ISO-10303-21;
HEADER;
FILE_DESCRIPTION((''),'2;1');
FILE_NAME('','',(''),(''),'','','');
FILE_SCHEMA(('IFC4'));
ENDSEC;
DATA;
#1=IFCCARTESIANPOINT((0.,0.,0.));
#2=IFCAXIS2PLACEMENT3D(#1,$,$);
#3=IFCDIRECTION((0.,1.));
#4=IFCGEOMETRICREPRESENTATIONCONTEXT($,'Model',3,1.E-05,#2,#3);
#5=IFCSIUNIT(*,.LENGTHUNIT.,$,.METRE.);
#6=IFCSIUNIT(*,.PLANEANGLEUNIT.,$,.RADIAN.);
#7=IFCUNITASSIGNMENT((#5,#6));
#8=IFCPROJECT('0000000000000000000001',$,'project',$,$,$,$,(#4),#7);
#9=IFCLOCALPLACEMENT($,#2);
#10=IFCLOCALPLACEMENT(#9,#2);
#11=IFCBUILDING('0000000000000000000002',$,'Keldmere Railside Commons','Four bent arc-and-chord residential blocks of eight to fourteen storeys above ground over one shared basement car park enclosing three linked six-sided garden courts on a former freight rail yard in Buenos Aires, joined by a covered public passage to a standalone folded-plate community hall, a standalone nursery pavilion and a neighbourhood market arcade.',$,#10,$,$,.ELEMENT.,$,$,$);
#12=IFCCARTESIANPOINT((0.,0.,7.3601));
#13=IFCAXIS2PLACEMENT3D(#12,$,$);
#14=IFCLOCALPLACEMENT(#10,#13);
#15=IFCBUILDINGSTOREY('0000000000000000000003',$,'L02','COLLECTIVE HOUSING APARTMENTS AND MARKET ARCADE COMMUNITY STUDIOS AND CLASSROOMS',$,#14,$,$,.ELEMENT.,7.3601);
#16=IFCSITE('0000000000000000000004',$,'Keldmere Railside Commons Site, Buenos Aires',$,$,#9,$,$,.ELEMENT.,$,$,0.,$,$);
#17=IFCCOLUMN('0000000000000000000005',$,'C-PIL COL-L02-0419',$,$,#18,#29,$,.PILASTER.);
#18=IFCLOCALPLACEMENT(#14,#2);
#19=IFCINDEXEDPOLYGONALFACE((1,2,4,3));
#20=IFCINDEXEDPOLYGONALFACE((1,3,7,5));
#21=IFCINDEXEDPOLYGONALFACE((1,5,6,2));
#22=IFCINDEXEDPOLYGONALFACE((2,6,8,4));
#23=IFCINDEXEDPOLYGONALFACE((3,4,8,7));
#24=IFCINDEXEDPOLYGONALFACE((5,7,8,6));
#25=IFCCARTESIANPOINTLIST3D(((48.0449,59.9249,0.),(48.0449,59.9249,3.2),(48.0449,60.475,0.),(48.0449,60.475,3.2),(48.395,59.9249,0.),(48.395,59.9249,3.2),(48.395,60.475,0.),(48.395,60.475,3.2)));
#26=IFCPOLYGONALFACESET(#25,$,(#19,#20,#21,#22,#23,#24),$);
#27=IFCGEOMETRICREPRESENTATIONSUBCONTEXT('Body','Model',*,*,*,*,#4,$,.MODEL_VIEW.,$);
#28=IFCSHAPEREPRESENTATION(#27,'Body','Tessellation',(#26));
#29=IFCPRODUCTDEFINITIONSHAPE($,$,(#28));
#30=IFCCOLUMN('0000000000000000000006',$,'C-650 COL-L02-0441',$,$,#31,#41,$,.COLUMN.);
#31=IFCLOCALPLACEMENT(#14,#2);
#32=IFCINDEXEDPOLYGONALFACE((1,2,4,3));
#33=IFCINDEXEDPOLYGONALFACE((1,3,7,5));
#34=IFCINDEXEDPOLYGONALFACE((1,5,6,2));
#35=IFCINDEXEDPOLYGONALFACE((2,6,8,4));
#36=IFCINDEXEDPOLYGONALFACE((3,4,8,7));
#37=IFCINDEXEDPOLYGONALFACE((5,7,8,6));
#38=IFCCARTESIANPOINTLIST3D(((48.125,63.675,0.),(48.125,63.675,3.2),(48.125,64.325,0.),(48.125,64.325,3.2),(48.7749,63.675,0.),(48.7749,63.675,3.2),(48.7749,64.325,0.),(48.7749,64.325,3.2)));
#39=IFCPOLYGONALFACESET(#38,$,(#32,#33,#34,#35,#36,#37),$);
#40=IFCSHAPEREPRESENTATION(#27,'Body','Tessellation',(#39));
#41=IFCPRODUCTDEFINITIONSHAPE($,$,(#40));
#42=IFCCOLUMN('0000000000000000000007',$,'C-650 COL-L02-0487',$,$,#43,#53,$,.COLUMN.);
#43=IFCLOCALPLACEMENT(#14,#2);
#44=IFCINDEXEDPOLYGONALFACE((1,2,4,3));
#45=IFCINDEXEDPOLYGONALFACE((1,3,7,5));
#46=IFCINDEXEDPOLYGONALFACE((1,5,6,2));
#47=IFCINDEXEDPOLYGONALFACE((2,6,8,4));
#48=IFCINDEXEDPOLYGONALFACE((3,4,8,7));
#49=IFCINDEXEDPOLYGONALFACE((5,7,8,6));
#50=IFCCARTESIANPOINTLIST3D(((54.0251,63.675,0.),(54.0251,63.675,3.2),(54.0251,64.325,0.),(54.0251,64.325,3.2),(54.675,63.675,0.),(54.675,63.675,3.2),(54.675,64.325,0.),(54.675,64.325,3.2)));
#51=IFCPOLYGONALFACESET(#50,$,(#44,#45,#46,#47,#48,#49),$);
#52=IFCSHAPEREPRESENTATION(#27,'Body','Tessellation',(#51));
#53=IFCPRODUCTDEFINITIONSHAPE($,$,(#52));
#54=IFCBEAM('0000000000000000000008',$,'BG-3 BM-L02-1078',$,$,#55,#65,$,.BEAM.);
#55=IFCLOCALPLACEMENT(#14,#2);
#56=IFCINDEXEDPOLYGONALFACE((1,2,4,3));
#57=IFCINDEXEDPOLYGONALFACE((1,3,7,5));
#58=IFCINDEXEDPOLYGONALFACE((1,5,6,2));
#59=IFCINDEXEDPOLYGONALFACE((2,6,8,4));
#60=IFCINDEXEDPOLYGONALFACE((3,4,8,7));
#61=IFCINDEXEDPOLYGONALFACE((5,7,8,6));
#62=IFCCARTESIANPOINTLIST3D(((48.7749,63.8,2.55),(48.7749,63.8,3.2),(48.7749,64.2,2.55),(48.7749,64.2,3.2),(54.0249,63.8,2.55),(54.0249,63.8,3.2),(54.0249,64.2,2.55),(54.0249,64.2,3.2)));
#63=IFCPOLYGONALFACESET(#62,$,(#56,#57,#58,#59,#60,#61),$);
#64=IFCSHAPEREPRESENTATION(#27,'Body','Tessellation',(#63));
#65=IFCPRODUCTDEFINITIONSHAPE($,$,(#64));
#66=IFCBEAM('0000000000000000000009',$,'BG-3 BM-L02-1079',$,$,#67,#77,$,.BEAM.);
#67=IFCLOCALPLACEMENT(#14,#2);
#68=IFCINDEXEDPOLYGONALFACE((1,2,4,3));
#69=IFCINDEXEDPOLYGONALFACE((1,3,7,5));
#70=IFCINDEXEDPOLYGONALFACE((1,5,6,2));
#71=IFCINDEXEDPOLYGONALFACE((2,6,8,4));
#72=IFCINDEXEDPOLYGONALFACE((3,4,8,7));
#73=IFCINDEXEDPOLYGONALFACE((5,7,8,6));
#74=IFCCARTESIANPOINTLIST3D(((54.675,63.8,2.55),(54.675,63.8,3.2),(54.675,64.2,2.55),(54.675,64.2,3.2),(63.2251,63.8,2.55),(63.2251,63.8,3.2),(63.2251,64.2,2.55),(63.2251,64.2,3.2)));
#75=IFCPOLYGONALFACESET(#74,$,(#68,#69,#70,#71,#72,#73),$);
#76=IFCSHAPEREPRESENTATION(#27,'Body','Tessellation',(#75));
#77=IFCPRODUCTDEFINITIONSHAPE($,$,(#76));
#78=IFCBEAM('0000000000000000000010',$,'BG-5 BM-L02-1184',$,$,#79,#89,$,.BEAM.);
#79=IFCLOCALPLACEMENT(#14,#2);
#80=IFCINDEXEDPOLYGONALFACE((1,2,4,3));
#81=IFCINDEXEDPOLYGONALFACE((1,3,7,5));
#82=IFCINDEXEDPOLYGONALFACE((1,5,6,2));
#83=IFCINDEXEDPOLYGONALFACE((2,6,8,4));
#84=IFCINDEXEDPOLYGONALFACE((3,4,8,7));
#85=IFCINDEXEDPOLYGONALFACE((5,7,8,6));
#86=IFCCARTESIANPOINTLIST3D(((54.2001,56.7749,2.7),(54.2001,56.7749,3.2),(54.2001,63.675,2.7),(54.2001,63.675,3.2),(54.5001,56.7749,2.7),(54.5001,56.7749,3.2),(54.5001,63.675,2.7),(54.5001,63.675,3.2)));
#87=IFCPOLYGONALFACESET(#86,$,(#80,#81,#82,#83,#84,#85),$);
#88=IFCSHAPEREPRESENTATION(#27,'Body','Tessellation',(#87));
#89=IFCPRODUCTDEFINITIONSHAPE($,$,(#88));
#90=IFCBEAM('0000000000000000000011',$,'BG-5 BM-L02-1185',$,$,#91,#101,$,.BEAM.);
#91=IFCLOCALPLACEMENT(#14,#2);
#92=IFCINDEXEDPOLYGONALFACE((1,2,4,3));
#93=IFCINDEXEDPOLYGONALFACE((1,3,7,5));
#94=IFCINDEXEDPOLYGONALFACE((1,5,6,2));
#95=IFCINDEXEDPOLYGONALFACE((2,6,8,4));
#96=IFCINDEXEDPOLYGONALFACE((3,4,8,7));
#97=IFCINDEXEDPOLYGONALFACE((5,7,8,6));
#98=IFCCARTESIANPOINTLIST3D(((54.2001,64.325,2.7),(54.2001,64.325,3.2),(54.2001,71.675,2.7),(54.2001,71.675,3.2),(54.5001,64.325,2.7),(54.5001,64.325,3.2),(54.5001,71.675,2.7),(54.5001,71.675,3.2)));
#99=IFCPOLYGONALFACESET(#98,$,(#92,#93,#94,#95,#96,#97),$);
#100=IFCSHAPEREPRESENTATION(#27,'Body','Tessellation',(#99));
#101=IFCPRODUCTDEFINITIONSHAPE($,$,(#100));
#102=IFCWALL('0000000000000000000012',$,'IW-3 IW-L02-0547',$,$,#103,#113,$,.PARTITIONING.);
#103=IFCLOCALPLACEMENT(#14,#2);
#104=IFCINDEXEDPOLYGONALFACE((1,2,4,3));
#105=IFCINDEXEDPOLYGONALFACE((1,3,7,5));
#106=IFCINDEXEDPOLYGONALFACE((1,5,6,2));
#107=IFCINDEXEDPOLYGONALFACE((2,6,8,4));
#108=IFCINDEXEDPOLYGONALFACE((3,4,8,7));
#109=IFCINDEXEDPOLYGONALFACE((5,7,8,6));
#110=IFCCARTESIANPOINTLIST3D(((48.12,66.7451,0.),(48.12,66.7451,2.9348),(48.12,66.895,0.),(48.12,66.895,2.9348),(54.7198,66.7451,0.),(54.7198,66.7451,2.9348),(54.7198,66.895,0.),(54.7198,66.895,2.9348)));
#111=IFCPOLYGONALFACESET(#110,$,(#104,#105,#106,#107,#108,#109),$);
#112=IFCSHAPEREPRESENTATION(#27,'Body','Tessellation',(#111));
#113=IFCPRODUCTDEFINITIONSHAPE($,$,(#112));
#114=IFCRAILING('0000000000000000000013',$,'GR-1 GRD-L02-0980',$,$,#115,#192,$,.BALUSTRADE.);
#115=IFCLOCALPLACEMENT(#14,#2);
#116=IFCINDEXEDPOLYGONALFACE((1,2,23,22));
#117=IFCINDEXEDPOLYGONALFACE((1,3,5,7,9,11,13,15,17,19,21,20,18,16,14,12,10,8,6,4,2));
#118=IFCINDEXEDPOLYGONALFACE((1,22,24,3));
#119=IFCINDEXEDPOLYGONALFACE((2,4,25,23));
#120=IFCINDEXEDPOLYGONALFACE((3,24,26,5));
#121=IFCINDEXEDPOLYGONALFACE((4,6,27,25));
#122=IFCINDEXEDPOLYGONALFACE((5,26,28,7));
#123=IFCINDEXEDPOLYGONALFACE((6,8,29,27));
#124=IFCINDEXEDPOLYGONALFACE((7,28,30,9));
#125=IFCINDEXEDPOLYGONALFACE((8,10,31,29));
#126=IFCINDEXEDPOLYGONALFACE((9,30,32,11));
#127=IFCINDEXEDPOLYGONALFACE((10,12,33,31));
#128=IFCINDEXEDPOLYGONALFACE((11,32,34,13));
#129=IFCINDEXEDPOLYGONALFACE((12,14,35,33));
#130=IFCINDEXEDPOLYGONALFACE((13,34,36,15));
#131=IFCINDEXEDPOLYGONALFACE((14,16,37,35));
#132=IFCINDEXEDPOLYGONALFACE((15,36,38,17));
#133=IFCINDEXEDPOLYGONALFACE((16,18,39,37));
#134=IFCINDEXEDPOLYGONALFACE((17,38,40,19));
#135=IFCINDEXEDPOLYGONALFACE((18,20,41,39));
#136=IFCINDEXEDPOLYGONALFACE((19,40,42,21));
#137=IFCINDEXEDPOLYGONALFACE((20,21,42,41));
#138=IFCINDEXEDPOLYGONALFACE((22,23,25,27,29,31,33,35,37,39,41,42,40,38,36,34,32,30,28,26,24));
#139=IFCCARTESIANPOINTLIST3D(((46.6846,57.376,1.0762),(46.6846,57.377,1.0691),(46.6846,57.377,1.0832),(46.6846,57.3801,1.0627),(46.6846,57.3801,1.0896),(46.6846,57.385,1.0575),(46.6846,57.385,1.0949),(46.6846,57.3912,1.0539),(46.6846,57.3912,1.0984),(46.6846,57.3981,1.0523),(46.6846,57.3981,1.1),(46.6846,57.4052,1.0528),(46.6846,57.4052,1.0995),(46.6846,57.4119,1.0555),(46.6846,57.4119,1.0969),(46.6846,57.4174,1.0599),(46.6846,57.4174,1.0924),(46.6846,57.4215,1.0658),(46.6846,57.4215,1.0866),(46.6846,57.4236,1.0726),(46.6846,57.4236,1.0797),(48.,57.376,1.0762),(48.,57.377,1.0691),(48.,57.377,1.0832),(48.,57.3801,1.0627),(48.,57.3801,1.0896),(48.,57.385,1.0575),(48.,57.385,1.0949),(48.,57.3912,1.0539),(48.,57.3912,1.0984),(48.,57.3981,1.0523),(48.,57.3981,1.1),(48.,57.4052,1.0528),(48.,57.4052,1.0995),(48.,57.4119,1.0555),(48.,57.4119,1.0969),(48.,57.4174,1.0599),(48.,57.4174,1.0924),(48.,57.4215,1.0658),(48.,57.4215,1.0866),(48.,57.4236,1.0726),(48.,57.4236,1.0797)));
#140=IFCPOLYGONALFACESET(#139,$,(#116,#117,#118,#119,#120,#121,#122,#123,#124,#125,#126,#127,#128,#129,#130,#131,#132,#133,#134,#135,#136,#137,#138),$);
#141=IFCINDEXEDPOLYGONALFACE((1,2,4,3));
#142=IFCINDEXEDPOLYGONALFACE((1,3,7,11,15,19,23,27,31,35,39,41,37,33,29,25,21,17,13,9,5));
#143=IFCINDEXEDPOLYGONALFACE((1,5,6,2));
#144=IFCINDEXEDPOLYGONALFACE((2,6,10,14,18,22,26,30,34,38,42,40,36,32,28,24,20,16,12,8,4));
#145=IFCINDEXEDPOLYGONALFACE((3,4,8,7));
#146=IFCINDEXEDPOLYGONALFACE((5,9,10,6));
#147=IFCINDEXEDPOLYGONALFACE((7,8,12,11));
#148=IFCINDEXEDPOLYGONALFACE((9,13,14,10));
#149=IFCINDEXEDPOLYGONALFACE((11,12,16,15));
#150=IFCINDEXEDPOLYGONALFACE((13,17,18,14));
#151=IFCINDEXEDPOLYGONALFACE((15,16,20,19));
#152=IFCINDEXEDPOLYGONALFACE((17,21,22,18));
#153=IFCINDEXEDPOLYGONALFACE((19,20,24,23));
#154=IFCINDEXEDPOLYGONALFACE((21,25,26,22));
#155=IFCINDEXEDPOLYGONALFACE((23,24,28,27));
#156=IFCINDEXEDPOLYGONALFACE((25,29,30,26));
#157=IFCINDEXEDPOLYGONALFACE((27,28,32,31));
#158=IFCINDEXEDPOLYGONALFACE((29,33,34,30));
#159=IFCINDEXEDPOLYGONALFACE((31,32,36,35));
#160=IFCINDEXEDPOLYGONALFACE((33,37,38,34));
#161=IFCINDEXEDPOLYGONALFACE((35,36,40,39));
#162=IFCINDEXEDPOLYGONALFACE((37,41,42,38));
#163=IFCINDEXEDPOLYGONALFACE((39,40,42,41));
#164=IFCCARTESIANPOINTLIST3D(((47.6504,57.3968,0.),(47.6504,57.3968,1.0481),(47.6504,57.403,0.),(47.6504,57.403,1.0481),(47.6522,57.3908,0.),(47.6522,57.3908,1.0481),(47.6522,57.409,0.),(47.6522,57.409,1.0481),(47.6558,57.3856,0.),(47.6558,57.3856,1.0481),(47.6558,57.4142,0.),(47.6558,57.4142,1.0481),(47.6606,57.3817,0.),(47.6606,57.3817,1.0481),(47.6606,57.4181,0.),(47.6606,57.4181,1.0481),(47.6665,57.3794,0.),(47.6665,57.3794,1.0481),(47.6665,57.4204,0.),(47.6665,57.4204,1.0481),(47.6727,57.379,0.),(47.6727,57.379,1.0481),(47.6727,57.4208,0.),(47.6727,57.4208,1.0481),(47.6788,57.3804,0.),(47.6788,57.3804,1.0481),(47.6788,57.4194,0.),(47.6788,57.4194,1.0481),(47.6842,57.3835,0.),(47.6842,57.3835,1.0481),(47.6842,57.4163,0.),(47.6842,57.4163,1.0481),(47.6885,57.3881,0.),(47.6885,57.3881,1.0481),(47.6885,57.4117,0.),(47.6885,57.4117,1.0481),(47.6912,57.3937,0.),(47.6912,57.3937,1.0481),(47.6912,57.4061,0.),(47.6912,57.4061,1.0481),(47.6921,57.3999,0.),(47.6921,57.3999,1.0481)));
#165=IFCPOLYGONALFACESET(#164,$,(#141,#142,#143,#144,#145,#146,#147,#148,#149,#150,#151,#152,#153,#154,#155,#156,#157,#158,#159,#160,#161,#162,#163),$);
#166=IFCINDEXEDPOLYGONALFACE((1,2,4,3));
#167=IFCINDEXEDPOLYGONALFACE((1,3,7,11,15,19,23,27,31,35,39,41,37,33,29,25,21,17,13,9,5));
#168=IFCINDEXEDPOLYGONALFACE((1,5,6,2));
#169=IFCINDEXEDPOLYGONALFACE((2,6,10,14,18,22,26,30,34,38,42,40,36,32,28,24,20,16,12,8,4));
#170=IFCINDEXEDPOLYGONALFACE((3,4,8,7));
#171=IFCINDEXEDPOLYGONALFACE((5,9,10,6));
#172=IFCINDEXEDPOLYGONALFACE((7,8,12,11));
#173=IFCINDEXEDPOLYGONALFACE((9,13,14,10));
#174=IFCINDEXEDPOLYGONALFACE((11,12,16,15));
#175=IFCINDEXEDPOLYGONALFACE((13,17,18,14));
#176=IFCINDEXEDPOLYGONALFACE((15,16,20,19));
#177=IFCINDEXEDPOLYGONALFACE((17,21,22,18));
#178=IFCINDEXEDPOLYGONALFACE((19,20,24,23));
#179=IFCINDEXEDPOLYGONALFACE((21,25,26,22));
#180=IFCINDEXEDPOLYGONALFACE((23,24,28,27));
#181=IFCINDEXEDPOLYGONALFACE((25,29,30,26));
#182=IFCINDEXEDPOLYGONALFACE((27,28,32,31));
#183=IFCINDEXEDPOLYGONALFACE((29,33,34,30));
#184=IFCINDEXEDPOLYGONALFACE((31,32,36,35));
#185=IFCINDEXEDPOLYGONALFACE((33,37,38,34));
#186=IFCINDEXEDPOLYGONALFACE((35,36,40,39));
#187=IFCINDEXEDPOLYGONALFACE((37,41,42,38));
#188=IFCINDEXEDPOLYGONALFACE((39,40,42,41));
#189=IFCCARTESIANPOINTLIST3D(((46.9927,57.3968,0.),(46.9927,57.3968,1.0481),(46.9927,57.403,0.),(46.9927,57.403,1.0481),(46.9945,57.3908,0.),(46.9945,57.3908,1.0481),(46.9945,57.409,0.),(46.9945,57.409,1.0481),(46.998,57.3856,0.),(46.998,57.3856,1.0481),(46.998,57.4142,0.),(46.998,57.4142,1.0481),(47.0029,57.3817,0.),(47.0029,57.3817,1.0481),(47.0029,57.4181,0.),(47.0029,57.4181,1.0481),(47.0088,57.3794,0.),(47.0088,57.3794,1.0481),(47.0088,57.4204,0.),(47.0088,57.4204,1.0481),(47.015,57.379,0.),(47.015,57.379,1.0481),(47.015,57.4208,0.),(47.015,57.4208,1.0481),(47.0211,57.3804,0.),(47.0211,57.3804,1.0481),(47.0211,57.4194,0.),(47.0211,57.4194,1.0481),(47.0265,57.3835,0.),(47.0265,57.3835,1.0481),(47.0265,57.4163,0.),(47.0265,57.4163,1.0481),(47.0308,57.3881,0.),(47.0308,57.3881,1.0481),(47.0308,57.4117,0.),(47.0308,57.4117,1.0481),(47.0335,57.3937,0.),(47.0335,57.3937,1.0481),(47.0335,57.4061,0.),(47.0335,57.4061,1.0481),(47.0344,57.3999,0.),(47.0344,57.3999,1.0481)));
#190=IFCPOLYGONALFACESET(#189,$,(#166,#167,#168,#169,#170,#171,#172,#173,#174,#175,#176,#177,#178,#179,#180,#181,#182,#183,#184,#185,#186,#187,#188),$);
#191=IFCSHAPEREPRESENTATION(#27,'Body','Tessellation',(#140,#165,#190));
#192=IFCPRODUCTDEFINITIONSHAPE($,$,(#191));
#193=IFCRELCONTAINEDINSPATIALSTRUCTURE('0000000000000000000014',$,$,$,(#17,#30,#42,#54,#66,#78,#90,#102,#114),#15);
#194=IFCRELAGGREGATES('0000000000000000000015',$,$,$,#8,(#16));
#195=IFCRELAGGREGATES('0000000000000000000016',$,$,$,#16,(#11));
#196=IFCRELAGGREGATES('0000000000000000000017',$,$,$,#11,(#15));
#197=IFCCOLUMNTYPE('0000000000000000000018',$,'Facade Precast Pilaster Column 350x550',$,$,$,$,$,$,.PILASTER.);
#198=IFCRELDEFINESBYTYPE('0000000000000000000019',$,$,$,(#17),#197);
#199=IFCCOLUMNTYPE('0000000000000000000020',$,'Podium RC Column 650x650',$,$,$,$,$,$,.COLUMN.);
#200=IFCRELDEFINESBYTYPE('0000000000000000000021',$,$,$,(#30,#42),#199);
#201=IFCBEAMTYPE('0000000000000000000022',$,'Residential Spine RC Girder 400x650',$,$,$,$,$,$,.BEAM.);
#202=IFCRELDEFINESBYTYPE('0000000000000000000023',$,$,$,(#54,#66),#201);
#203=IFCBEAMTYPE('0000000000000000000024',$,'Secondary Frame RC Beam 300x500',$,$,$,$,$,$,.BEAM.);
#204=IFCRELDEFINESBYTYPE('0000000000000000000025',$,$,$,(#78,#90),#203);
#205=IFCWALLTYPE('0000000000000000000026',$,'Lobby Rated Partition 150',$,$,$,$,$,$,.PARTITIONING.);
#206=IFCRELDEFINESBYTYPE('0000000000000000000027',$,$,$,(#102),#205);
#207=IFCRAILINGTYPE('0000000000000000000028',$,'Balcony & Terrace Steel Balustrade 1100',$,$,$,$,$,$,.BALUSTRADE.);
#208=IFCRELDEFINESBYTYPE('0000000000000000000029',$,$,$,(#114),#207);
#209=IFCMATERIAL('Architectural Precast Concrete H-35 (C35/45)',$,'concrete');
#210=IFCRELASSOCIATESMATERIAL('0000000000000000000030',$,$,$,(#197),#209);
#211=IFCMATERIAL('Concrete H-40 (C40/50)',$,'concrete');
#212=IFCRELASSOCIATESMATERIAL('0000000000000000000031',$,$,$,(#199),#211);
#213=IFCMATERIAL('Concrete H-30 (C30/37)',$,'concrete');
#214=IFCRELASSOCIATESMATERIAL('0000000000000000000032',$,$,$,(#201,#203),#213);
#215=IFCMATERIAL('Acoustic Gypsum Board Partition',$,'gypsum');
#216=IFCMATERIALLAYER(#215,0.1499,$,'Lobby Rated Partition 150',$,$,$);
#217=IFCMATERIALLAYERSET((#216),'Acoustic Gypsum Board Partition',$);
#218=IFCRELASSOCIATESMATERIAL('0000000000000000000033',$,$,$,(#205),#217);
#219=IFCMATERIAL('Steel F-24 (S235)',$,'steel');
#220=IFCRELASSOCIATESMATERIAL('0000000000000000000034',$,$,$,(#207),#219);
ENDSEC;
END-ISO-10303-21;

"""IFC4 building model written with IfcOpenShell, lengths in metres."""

from ifc_helpers import new_model, si_unit, direction, frame, frame_2d, origin, origin_2d, place, context, subcontext, project, spatial, rectangle, circle, extrude, material, layer, layer_set, material_profile, profile_set, type_object, element, save


model = new_model("IFC4")

# Units and contexts
model_context = context("Model", 3, precision=1e-05, world=origin(), true_north=direction((0.0, 1.0)))
body_context = subcontext(model_context, "Body", "Model", "MODEL_VIEW")
ifc_project = project(units=[si_unit("LENGTHUNIT", "METRE"), si_unit("PLANEANGLEUNIT", "RADIAN")], contexts=[model_context])

# Site, building, storey
site_placement = place(None, origin())
site = spatial("IfcSite", under=ifc_project, at=site_placement, Name="Keldmere Railside Commons Site, Buenos Aires", CompositionType="ELEMENT", RefElevation=0.0)
building_placement = place(site_placement, origin())
building = spatial("IfcBuilding", under=site, at=building_placement, Name="Keldmere Railside Commons", Description="Four bent arc-and-chord residential blocks of eight to fourteen storeys above ground over one shared basement car park enclosing three linked six-sided garden courts on a former freight rail yard in Buenos Aires, joined by a covered public passage to a standalone folded-plate community hall, a standalone nursery pavilion and a neighbourhood market arcade.", CompositionType="ELEMENT")
storey_placement = place(building_placement, frame((0.0, 0.0, 7.3601)))
storey = spatial("IfcBuildingStorey", under=building, at=storey_placement, Name="L02", Description="COLLECTIVE HOUSING APARTMENTS AND MARKET ARCADE COMMUNITY STUDIOS AND CLASSROOMS", CompositionType="ELEMENT", Elevation=7.3601)

# Columns
ifc_material_1 = material(Name="Architectural Precast Concrete H-35 (C35/45)", Category="concrete")
ifc_material_profile_1 = material_profile(ifc_material_1, rectangle(XDim=0.3501, YDim=0.55, at=origin_2d()), Name="RC-350x550")
ifc_profile_set_1 = profile_set([ifc_material_profile_1], Name="Architectural Precast Concrete H-35 (C35/45)")
column_type_1 = type_object("IfcColumnType", Name="Facade Precast Pilaster Column 350x550", PredefinedType="PILASTER", material=ifc_profile_set_1)
column_placement = place(storey_placement, frame((48.22, 60.2, 0.0), z_axis=(0.0, 0.0, 1.0), x_axis=(1.0, 0.0, 0.0)))
element("IfcColumn", 1, at=column_placement, inside=storey, type_object=column_type_1, Name="C-PIL COL-L02-0419", PredefinedType="PILASTER", context=body_context, shape_type="SweptSolid", body=[
    extrude(rectangle(XDim=0.3501, YDim=0.55, at=origin_2d()), origin(), (0.0, 0.0, 1.0), 3.2),
])
ifc_material_2 = material(Name="Concrete H-40 (C40/50)", Category="concrete")
ifc_material_profile_2 = material_profile(ifc_material_2, rectangle(XDim=0.6499, YDim=0.6499, at=origin_2d()), Name="RC-650x650")
ifc_profile_set_2 = profile_set([ifc_material_profile_2], Name="Concrete H-40 (C40/50)")
column_type_2 = type_object("IfcColumnType", Name="Podium RC Column 650x650", PredefinedType="COLUMN", material=ifc_profile_set_2)
for number, where, z_axis, x_axis, name in (
    (2, (48.45, 64.0, 0.0), (0.0, 0.0, 1.0), (1.0, 0.0, 0.0), "C-650 COL-L02-0441"),
    (3, (54.3501, 64.0, 0.0), (0.0, 0.0, 1.0), (1.0, 0.0, 0.0), "C-650 COL-L02-0487"),
):
    element("IfcColumn", number, at=place(storey_placement, frame(where, z_axis=z_axis, x_axis=x_axis)), inside=storey, type_object=column_type_2, Name=name, PredefinedType="COLUMN", context=body_context, shape_type="SweptSolid", body=[
        extrude(rectangle(XDim=0.6499, YDim=0.6499, at=origin_2d()), origin(), (0.0, 0.0, 1.0), 3.2),
    ])

# Beams
ifc_material_3 = material(Name="Concrete H-30 (C30/37)", Category="concrete")
ifc_material_profile_3 = material_profile(ifc_material_3, rectangle(XDim=0.3999, YDim=0.6499, at=origin_2d()), Name="RC-400x650")
ifc_profile_set_3 = profile_set([ifc_material_profile_3], Name="Concrete H-30 (C30/37)")
beam_type_1 = type_object("IfcBeamType", Name="Residential Spine RC Girder 400x650", PredefinedType="BEAM", material=ifc_profile_set_3)
beam_1_placement = place(storey_placement, frame((48.7749, 64.0, 2.875), z_axis=(1.0, 0.0, 0.0), x_axis=(0.0, 1.0, 0.0)))
element("IfcBeam", 4, at=beam_1_placement, inside=storey, type_object=beam_type_1, Name="BG-3 BM-L02-1078", PredefinedType="BEAM", context=body_context, shape_type="SweptSolid", body=[
    extrude(rectangle(XDim=0.3999, YDim=0.6499, at=origin_2d()), origin(), (0.0, 0.0, 1.0), 5.25),
])
beam_2_placement = place(storey_placement, frame((54.675, 64.0, 2.875), z_axis=(1.0, 0.0, 0.0), x_axis=(0.0, 1.0, 0.0)))
element("IfcBeam", 5, at=beam_2_placement, inside=storey, type_object=beam_type_1, Name="BG-3 BM-L02-1079", PredefinedType="BEAM", context=body_context, shape_type="SweptSolid", body=[
    extrude(rectangle(XDim=0.3999, YDim=0.6499, at=origin_2d()), origin(), (0.0, 0.0, 1.0), 8.55),
])
ifc_material_profile_4 = material_profile(ifc_material_3, rectangle(XDim=0.3, YDim=0.5, at=origin_2d()), Name="RC-300x500")
ifc_profile_set_4 = profile_set([ifc_material_profile_4], Name="Concrete H-30 (C30/37)")
beam_type_2 = type_object("IfcBeamType", Name="Secondary Frame RC Beam 300x500", PredefinedType="BEAM", material=ifc_profile_set_4)
beam_3_placement = place(storey_placement, frame((54.3501, 56.7749, 2.95), z_axis=(0.0, 1.0, 0.0), x_axis=(-1.0, 0.0, 0.0)))
element("IfcBeam", 6, at=beam_3_placement, inside=storey, type_object=beam_type_2, Name="BG-5 BM-L02-1184", PredefinedType="BEAM", context=body_context, shape_type="SweptSolid", body=[
    extrude(rectangle(XDim=0.3, YDim=0.5, at=origin_2d()), origin(), (0.0, 0.0, 1.0), 6.9001),
])
beam_4_placement = place(storey_placement, frame((54.3501, 64.325, 2.95), z_axis=(0.0, 1.0, 0.0), x_axis=(-1.0, 0.0, 0.0)))
element("IfcBeam", 7, at=beam_4_placement, inside=storey, type_object=beam_type_2, Name="BG-5 BM-L02-1185", PredefinedType="BEAM", context=body_context, shape_type="SweptSolid", body=[
    extrude(rectangle(XDim=0.3, YDim=0.5, at=origin_2d()), origin(), (0.0, 0.0, 1.0), 7.3501),
])

# Wall
ifc_material_4 = material(Name="Acoustic Gypsum Board Partition", Category="gypsum")
ifc_layer = layer(ifc_material_4, 0.1499, Name="Lobby Rated Partition 150")
ifc_layer_set = layer_set([ifc_layer], Name="Acoustic Gypsum Board Partition")
wall_type = type_object("IfcWallType", Name="Lobby Rated Partition 150", PredefinedType="PARTITIONING", material=ifc_layer_set)
wall_placement = place(storey_placement, frame((48.1201, 66.8201, 0.0), z_axis=(0.0, 0.0, 1.0), x_axis=(1.0, 0.0, 0.0)))
element("IfcWall", 8, at=wall_placement, inside=storey, type_object=wall_type, Name="IW-3 IW-L02-0547", PredefinedType="PARTITIONING", context=body_context, shape_type="SweptSolid", body=[
    extrude(rectangle(XDim=6.5999, YDim=0.1499, at=frame_2d((3.2998, 0.0))), origin(), (0.0, 0.0, 1.0), 2.9348),
])

# Railing
ifc_material_5 = material(Name="Steel F-24 (S235)", Category="steel")
railing_type = type_object("IfcRailingType", Name="Balcony & Terrace Steel Balustrade 1100", PredefinedType="BALUSTRADE", material=ifc_material_5)
railing_1_placement = place(storey_placement, frame((48.0, 57.3999, 0.0)))
element("IfcRailing", 9, at=railing_1_placement, inside=storey, type_object=railing_type, Name="GR-1 GRD-L02-0980", PredefinedType="BALUSTRADE", context=body_context, shape_type="SweptSolid", body=[
    extrude(circle(Radius=0.0239, at=origin_2d()), frame((0.0, 0.0, 1.0762), z_axis=(-1.0, 0.0, 0.0), x_axis=(0.0, -1.0, 0.0)), (0.0, 0.0, 1.0), 1.3154),
    extrude(circle(Radius=0.021, at=origin_2d()), frame((-0.3289, 0.0, 0.0)), (0.0, 0.0, 1.0), 1.0481),
    extrude(circle(Radius=0.021, at=origin_2d()), frame((-0.9866, 0.0, 0.0)), (0.0, 0.0, 1.0), 1.0481),
])

save(model, "model.ifc")
